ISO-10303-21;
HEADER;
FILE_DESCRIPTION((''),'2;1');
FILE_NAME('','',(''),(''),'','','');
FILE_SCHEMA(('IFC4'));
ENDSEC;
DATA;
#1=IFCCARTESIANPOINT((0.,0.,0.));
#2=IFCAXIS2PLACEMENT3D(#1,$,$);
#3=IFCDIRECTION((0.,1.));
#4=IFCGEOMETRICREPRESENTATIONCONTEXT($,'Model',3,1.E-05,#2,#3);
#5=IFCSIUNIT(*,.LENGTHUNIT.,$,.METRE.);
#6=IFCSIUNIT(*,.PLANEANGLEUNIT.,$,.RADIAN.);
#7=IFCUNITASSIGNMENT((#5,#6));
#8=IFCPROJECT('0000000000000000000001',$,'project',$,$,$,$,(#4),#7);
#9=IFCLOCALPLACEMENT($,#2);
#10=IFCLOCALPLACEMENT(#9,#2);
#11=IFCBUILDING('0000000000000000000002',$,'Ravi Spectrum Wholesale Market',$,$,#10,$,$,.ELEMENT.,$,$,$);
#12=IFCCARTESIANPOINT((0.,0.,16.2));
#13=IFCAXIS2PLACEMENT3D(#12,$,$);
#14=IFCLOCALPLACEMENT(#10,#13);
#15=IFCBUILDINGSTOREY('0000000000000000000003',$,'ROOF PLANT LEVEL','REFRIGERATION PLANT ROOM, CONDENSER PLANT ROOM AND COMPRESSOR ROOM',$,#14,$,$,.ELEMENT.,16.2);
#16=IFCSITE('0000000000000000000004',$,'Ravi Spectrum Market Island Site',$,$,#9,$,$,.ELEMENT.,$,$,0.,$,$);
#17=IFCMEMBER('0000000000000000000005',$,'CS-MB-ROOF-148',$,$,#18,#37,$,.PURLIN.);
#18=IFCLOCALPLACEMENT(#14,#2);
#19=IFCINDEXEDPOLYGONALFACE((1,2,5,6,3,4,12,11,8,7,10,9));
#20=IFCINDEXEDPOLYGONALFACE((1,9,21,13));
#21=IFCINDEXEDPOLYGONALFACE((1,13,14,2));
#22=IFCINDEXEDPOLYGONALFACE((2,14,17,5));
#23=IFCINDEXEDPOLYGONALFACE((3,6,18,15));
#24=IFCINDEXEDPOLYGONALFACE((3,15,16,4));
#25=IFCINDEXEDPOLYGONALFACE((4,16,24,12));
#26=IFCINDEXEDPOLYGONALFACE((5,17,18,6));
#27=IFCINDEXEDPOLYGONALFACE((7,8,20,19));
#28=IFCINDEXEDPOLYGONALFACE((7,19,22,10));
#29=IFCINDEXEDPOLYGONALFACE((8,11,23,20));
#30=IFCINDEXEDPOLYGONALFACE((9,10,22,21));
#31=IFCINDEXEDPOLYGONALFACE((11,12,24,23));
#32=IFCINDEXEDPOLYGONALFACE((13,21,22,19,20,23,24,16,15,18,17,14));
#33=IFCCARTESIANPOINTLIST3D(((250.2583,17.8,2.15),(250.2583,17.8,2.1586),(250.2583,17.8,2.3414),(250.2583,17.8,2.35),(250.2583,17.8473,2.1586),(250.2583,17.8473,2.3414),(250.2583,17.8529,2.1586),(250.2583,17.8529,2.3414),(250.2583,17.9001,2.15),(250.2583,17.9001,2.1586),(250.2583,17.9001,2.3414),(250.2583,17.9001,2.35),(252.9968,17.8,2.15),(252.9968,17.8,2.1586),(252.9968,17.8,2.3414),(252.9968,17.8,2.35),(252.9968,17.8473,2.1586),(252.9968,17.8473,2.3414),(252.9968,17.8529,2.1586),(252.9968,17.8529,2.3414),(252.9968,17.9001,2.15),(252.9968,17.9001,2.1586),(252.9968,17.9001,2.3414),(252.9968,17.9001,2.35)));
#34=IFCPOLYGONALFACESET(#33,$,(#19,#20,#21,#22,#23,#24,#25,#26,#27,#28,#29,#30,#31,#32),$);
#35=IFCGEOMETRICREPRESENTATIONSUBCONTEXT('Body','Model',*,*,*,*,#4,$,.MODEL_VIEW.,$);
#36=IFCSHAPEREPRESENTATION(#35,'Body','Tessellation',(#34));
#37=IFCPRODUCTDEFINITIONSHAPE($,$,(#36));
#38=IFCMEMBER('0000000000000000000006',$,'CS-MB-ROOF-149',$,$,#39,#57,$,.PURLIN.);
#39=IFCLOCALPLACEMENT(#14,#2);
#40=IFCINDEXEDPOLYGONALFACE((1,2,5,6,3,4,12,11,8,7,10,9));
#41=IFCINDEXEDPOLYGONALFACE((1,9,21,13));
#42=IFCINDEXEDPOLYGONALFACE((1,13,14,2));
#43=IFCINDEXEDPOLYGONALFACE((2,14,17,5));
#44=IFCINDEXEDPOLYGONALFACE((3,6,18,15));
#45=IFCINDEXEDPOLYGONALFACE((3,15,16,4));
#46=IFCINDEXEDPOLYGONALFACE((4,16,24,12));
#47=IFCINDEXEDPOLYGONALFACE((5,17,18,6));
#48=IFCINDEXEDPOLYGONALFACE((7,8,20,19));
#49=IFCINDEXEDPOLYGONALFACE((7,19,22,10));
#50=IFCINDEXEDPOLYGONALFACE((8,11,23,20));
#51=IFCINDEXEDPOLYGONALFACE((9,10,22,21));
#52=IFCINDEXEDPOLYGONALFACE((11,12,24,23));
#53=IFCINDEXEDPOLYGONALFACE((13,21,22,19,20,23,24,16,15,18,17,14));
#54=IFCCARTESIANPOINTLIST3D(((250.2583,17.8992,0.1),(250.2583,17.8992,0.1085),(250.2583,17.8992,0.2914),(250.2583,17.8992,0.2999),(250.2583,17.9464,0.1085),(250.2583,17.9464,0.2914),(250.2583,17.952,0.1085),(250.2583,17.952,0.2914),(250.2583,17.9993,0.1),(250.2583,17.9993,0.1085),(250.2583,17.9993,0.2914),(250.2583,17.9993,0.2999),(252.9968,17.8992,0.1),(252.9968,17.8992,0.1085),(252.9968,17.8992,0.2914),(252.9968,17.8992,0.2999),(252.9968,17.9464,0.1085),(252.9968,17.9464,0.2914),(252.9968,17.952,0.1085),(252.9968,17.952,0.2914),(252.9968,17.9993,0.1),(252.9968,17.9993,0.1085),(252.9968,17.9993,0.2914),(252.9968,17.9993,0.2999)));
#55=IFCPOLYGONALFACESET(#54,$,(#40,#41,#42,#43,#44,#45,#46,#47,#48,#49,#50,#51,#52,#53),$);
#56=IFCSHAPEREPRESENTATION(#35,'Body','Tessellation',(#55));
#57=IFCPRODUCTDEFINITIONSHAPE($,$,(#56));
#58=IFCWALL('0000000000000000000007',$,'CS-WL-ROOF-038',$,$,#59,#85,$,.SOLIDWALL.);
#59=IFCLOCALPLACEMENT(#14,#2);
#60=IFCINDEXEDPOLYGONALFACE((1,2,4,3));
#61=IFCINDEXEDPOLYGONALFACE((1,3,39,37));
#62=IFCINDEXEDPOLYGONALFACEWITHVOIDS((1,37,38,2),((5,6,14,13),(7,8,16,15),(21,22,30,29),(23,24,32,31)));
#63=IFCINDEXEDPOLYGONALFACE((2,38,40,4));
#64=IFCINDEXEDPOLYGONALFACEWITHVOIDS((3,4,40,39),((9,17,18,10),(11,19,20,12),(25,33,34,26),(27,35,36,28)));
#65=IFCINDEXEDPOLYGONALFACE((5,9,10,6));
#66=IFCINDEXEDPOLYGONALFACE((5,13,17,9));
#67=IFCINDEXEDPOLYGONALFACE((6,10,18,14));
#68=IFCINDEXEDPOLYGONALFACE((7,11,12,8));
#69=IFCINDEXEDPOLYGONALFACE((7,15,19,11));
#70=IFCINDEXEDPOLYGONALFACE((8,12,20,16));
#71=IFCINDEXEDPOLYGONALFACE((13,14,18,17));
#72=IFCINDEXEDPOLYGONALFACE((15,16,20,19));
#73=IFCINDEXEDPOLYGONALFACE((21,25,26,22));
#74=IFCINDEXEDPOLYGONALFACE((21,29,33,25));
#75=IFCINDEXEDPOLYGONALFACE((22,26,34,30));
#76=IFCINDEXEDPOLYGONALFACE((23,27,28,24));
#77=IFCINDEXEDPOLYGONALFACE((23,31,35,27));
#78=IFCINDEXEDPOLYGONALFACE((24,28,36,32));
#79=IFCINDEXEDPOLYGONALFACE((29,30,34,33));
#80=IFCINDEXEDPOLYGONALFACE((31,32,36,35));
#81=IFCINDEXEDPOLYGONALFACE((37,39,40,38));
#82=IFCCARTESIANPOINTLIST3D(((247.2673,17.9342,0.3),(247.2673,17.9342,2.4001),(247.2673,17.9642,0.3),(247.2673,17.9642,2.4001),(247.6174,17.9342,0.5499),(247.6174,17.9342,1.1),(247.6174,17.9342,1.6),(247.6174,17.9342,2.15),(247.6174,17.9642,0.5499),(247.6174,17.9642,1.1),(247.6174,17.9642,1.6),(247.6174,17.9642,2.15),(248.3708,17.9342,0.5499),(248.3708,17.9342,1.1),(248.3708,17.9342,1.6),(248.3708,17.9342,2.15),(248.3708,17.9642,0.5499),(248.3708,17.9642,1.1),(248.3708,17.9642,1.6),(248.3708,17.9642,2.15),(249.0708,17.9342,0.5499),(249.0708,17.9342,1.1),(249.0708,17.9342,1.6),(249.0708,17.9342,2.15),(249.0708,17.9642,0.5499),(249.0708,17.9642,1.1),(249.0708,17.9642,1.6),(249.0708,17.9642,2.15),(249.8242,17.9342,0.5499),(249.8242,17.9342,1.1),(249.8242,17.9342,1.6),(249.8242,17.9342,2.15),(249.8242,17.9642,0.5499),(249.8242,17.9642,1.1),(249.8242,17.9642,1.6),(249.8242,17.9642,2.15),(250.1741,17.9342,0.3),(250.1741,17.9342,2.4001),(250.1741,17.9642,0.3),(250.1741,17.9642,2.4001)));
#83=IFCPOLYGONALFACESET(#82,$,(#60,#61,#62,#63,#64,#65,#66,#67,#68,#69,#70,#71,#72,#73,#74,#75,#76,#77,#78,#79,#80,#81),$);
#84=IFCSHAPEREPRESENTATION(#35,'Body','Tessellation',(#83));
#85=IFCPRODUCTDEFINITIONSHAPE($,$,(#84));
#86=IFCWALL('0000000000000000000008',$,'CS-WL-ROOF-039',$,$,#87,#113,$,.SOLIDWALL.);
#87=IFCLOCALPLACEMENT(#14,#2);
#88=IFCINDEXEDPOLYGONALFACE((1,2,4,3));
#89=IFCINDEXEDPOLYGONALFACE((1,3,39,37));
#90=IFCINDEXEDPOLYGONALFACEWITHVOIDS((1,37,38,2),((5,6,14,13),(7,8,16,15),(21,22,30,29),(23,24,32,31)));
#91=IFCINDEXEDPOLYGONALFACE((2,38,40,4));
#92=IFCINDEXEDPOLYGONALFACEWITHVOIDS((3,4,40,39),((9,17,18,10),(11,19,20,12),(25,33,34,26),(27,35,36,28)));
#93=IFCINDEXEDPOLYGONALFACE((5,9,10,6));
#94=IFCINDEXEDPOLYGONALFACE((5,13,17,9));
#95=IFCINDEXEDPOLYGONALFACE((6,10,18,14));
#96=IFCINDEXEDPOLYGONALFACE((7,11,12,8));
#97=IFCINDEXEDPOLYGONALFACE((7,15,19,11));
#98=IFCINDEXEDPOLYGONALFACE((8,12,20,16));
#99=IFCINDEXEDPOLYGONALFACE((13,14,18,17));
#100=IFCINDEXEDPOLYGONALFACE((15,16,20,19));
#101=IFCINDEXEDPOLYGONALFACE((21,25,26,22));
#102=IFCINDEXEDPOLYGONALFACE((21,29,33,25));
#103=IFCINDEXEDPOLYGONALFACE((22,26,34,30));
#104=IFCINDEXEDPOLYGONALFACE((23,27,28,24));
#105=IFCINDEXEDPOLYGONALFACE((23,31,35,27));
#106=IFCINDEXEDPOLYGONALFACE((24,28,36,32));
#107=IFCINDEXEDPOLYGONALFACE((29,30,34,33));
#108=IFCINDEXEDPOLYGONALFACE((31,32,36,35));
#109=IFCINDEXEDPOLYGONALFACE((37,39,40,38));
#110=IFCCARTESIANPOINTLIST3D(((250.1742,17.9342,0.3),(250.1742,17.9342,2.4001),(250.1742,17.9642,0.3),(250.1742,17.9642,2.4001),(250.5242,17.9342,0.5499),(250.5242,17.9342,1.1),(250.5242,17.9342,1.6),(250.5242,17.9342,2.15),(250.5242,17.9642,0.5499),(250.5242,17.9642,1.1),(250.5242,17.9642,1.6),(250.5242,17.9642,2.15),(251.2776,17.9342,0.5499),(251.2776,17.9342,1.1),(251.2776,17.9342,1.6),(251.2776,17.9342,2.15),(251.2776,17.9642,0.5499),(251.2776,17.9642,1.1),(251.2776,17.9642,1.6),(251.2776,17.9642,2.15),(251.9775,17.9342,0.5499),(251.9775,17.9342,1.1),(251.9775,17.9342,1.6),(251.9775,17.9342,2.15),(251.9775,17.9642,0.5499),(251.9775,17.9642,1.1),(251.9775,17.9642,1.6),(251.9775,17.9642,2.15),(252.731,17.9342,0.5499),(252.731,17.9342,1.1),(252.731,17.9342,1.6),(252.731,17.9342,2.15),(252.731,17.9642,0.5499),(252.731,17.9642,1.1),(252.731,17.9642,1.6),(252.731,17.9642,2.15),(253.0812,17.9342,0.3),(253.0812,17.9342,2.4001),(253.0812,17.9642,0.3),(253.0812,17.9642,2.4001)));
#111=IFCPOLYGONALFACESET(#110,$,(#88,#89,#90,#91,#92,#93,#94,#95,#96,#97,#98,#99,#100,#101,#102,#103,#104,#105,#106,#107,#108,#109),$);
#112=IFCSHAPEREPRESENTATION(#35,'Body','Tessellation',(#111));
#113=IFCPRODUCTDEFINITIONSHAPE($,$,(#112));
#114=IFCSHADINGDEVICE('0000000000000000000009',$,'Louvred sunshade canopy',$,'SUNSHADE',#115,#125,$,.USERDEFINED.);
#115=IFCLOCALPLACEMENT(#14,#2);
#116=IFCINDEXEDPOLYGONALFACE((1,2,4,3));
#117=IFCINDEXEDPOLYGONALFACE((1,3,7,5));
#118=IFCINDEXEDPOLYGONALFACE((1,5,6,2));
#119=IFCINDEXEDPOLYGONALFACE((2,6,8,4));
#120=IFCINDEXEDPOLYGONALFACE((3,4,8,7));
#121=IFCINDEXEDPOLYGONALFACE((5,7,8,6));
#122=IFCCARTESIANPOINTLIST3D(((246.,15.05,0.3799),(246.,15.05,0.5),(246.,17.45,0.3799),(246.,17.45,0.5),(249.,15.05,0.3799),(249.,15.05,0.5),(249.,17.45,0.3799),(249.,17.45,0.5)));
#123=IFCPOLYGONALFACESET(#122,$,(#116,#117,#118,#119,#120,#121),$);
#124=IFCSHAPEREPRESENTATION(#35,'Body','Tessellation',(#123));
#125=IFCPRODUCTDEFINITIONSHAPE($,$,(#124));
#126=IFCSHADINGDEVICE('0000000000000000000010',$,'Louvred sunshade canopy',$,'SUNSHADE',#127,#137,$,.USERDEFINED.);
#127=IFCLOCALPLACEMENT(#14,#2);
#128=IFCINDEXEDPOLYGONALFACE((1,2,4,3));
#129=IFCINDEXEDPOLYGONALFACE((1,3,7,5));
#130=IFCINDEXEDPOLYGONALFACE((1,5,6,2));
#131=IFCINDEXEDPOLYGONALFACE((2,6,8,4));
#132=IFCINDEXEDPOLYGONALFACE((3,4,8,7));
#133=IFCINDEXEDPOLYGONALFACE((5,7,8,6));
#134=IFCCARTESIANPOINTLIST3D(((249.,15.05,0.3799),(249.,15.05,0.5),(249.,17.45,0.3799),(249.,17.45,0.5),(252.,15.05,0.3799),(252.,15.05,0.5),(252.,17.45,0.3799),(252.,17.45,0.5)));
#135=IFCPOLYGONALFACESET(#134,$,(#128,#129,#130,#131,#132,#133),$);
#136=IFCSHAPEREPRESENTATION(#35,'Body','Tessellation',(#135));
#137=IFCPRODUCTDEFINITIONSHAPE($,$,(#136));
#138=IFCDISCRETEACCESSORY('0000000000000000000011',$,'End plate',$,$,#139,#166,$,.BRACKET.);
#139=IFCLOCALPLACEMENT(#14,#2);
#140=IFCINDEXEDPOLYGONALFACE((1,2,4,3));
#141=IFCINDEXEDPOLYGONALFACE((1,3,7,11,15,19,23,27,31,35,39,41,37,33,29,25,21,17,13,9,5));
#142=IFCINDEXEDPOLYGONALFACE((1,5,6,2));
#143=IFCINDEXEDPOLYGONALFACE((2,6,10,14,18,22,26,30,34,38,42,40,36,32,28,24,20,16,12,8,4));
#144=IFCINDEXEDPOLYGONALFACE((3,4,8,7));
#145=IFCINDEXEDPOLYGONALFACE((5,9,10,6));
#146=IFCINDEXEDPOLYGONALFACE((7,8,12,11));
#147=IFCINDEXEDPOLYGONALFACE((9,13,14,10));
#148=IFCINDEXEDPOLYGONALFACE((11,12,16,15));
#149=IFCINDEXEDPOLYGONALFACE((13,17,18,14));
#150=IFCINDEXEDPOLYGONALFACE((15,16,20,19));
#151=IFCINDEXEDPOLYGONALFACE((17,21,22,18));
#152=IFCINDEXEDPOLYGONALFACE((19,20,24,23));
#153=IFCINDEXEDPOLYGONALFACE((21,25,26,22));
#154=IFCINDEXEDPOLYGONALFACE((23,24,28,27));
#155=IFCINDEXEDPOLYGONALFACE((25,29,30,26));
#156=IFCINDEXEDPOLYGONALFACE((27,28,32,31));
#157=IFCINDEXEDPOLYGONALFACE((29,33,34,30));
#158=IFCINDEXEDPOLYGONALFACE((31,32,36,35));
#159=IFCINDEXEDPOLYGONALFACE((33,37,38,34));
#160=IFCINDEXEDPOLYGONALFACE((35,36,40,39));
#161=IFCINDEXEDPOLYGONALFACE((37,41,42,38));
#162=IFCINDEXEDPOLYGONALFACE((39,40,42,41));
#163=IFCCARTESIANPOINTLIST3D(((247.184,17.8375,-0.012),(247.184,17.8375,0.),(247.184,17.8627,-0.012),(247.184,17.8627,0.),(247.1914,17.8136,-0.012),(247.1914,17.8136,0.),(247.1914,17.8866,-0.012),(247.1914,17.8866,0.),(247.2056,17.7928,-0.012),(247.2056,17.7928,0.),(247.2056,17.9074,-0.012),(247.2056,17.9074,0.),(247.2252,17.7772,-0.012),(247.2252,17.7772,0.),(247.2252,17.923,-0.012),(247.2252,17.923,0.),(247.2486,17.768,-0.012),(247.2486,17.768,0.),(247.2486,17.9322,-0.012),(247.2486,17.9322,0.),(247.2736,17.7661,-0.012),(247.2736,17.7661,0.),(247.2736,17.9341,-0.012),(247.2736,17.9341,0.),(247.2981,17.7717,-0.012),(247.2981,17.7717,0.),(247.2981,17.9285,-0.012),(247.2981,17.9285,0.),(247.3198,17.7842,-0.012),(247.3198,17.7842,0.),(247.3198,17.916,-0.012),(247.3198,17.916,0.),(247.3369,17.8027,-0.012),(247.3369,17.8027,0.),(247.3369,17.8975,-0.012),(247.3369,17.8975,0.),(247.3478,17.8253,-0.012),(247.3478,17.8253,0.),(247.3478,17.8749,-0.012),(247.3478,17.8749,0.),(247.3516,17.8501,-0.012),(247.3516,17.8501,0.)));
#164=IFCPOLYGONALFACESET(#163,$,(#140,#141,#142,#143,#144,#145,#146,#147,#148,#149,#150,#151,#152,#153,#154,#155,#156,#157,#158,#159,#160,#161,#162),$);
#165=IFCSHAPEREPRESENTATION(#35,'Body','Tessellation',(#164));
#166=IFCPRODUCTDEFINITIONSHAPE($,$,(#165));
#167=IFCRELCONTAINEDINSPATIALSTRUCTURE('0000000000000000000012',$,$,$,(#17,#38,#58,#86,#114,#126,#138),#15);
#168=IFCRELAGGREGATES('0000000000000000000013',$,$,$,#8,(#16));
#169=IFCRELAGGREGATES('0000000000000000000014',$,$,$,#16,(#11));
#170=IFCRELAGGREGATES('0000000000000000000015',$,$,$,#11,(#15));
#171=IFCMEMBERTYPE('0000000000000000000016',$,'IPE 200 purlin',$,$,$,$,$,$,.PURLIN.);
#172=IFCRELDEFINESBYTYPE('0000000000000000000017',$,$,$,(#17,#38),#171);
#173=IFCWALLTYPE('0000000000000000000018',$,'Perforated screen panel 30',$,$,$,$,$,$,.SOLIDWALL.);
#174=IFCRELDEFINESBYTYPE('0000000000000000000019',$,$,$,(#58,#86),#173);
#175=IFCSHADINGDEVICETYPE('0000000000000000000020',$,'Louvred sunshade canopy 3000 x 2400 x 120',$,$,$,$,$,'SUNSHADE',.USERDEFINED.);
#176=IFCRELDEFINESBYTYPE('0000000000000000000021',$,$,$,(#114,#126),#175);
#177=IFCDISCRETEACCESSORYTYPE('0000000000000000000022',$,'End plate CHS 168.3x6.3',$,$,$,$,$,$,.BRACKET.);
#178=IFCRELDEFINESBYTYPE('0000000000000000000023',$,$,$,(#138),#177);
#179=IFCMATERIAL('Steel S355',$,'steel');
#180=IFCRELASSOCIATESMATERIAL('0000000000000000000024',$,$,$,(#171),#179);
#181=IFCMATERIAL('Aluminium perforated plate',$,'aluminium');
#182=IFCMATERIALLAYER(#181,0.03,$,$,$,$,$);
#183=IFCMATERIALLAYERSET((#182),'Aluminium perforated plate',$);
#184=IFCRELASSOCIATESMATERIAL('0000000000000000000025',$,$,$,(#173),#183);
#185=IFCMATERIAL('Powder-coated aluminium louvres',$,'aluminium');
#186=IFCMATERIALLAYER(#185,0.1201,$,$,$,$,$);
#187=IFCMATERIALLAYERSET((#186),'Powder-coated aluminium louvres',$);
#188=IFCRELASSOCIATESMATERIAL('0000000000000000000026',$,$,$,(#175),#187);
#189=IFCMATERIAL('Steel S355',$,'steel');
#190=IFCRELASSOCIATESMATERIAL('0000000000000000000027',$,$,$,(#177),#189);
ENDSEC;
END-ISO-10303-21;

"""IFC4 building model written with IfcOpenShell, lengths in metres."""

from ifc_helpers import new_model, si_unit, direction, frame, frame_2d, origin, origin_2d, place, context, subcontext, project, spatial, rectangle, circle, i_section, extrude, material, layer, layer_set, material_profile, profile_set, type_object, element, save


model = new_model("IFC4")

# Units and contexts
model_context = context("Model", 3, precision=1e-05, world=origin(), true_north=direction((0.0, 1.0)))
body_context = subcontext(model_context, "Body", "Model", "MODEL_VIEW")
ifc_project = project(units=[si_unit("LENGTHUNIT", "METRE"), si_unit("PLANEANGLEUNIT", "RADIAN")], contexts=[model_context])

# Site, building, storey
site_placement = place(None, origin())
site = spatial("IfcSite", under=ifc_project, at=site_placement, Name="Ravi Spectrum Market Island Site", CompositionType="ELEMENT", RefElevation=0.0)
building_placement = place(site_placement, origin())
building = spatial("IfcBuilding", under=site, at=building_placement, Name="Ravi Spectrum Wholesale Market", CompositionType="ELEMENT")
storey_placement = place(building_placement, frame((0.0, 0.0, 16.2)))
storey = spatial("IfcBuildingStorey", under=building, at=storey_placement, Name="ROOF PLANT LEVEL", Description="REFRIGERATION PLANT ROOM, CONDENSER PLANT ROOM AND COMPRESSOR ROOM", CompositionType="ELEMENT", Elevation=16.2)

# Members
ifc_material_1 = material(Name="Steel S355", Category="steel")
ifc_material_profile_1 = material_profile(ifc_material_1, i_section(OverallWidth=0.1001, OverallDepth=0.2, WebThickness=0.0056, FlangeThickness=0.0085, at=origin_2d()))
ifc_profile_set_1 = profile_set([ifc_material_profile_1], Name="Steel S355")
member_type_1 = type_object("IfcMemberType", Name="IPE 200 purlin", PredefinedType="PURLIN", material=ifc_profile_set_1)
for number, where, z_axis, x_axis, name in (
    (1, (250.2583, 17.8501, 2.25), (1.0, 0.0, 0.0), (0.0, 1.0, 0.0), "CS-MB-ROOF-148"),
    (2, (250.2583, 17.9492, 0.2), (1.0, 0.0, 0.0), (0.0, 1.0, 0.0), "CS-MB-ROOF-149"),
):
    element("IfcMember", number, at=place(storey_placement, frame(where, z_axis=z_axis, x_axis=x_axis)), inside=storey, type_object=member_type_1, Name=name, PredefinedType="PURLIN", context=body_context, shape_type="SweptSolid", body=[
        extrude(i_section(OverallWidth=0.1001, OverallDepth=0.2, WebThickness=0.0056, FlangeThickness=0.0085, at=origin_2d()), origin(), (0.0, 0.0, 1.0), 2.7385),
    ])

# Walls, openings
ifc_material_2 = material(Name="Aluminium perforated plate", Category="aluminium")
ifc_layer_1 = layer(ifc_material_2, 0.03)
ifc_layer_set_1 = layer_set([ifc_layer_1], Name="Aluminium perforated plate")
wall_type = type_object("IfcWallType", Name="Perforated screen panel 30", PredefinedType="SOLIDWALL", material=ifc_layer_set_1)
wall_1_placement = place(storey_placement, frame((247.2673, 17.9492, 0.3), z_axis=(0.0, 0.0, 1.0), x_axis=(1.0, 0.0, 0.0)))
wall_1 = element("IfcWall", 3, at=wall_1_placement, inside=storey, type_object=wall_type, Name="CS-WL-ROOF-038", PredefinedType="SOLIDWALL", context=body_context, shape_type="SweptSolid", body=[
    extrude(rectangle(XDim=2.9067, YDim=0.03, at=frame_2d((1.4534, 0.0))), origin(), (0.0, 0.0, 1.0), 2.1001),
])
opening_1_placement = place(wall_1_placement, frame((0.3501, 0.0, 0.25)))
element("IfcOpeningElement", 4, at=opening_1_placement, cuts=wall_1, PredefinedType="OPENING", context=body_context, shape_type="SweptSolid", body=[
    extrude(rectangle(XDim=0.7534, YDim=0.55, at=frame_2d((0.3767, 0.2749))), frame((0.0, 0.0249, 0.0), z_axis=(0.0, -1.0, 0.0), x_axis=(1.0, 0.0, 0.0)), (0.0, 0.0, 1.0), 0.05),
])
opening_2_placement = place(wall_1_placement, frame((0.3501, 0.0, 1.3)))
element("IfcOpeningElement", 5, at=opening_2_placement, cuts=wall_1, PredefinedType="OPENING", context=body_context, shape_type="SweptSolid", body=[
    extrude(rectangle(XDim=0.7534, YDim=0.55, at=frame_2d((0.3767, 0.2749))), frame((0.0, 0.0249, 0.0), z_axis=(0.0, -1.0, 0.0), x_axis=(1.0, 0.0, 0.0)), (0.0, 0.0, 1.0), 0.05),
])
opening_3_placement = place(wall_1_placement, frame((1.8035, 0.0, 0.25)))
element("IfcOpeningElement", 6, at=opening_3_placement, cuts=wall_1, PredefinedType="OPENING", context=body_context, shape_type="SweptSolid", body=[
    extrude(rectangle(XDim=0.7534, YDim=0.55, at=frame_2d((0.3767, 0.2749))), frame((0.0, 0.0249, 0.0), z_axis=(0.0, -1.0, 0.0), x_axis=(1.0, 0.0, 0.0)), (0.0, 0.0, 1.0), 0.05),
])
opening_4_placement = place(wall_1_placement, frame((1.8035, 0.0, 1.3)))
element("IfcOpeningElement", 7, at=opening_4_placement, cuts=wall_1, PredefinedType="OPENING", context=body_context, shape_type="SweptSolid", body=[
    extrude(rectangle(XDim=0.7534, YDim=0.55, at=frame_2d((0.3767, 0.2749))), frame((0.0, 0.0249, 0.0), z_axis=(0.0, -1.0, 0.0), x_axis=(1.0, 0.0, 0.0)), (0.0, 0.0, 1.0), 0.05),
])
wall_2_placement = place(storey_placement, frame((250.1741, 17.9492, 0.3), z_axis=(0.0, 0.0, 1.0), x_axis=(1.0, 0.0, 0.0)))
wall_2 = element("IfcWall", 8, at=wall_2_placement, inside=storey, type_object=wall_type, Name="CS-WL-ROOF-039", PredefinedType="SOLIDWALL", context=body_context, shape_type="SweptSolid", body=[
    extrude(rectangle(XDim=2.907, YDim=0.03, at=frame_2d((1.4536, 0.0))), origin(), (0.0, 0.0, 1.0), 2.1001),
])
opening_5_placement = place(wall_2_placement, frame((0.3501, 0.0, 0.25)))
element("IfcOpeningElement", 9, at=opening_5_placement, cuts=wall_2, PredefinedType="OPENING", context=body_context, shape_type="SweptSolid", body=[
    extrude(rectangle(XDim=0.7534, YDim=0.55, at=frame_2d((0.3767, 0.2749))), frame((0.0, 0.0249, 0.0), z_axis=(0.0, -1.0, 0.0), x_axis=(1.0, 0.0, 0.0)), (0.0, 0.0, 1.0), 0.05),
])
opening_6_placement = place(wall_2_placement, frame((0.3501, 0.0, 1.3)))
element("IfcOpeningElement", 10, at=opening_6_placement, cuts=wall_2, PredefinedType="OPENING", context=body_context, shape_type="SweptSolid", body=[
    extrude(rectangle(XDim=0.7534, YDim=0.55, at=frame_2d((0.3767, 0.2749))), frame((0.0, 0.0249, 0.0), z_axis=(0.0, -1.0, 0.0), x_axis=(1.0, 0.0, 0.0)), (0.0, 0.0, 1.0), 0.05),
])
opening_7_placement = place(wall_2_placement, frame((1.8035, 0.0, 0.25)))
element("IfcOpeningElement", 11, at=opening_7_placement, cuts=wall_2, PredefinedType="OPENING", context=body_context, shape_type="SweptSolid", body=[
    extrude(rectangle(XDim=0.7534, YDim=0.55, at=frame_2d((0.3767, 0.2749))), frame((0.0, 0.0249, 0.0), z_axis=(0.0, -1.0, 0.0), x_axis=(1.0, 0.0, 0.0)), (0.0, 0.0, 1.0), 0.05),
])
opening_8_placement = place(wall_2_placement, frame((1.8035, 0.0, 1.3)))
element("IfcOpeningElement", 12, at=opening_8_placement, cuts=wall_2, PredefinedType="OPENING", context=body_context, shape_type="SweptSolid", body=[
    extrude(rectangle(XDim=0.7534, YDim=0.55, at=frame_2d((0.3767, 0.2749))), frame((0.0, 0.0249, 0.0), z_axis=(0.0, -1.0, 0.0), x_axis=(1.0, 0.0, 0.0)), (0.0, 0.0, 1.0), 0.05),
])

# Shading devices
ifc_material_3 = material(Name="Powder-coated aluminium louvres", Category="aluminium")
ifc_layer_2 = layer(ifc_material_3, 0.1201)
ifc_layer_set_2 = layer_set([ifc_layer_2], Name="Powder-coated aluminium louvres")
shading_device_type = type_object("IfcShadingDeviceType", Name="Louvred sunshade canopy 3000 x 2400 x 120", ElementType="SUNSHADE", PredefinedType="USERDEFINED", material=ifc_layer_set_2)
for number, where, z_axis, x_axis, name in (
    (13, (247.5, 16.25, 0.3799), (0.0, 0.0, 1.0), (1.0, 0.0, 0.0), "Louvred sunshade canopy"),
    (14, (250.5, 16.25, 0.3799), (0.0, 0.0, 1.0), (1.0, 0.0, 0.0), "Louvred sunshade canopy"),
):
    element("IfcShadingDevice", number, at=place(storey_placement, frame(where, z_axis=z_axis, x_axis=x_axis)), inside=storey, type_object=shading_device_type, Name=name, ObjectType="SUNSHADE", PredefinedType="USERDEFINED", context=body_context, shape_type="SweptSolid", body=[
        extrude(rectangle(XDim=3.0, YDim=2.3999, at=origin_2d()), origin(), (0.0, 0.0, 1.0), 0.1201),
    ])

# Discrete accessory
ifc_material_4 = material(Name="Steel S355", Category="steel")
ifc_material_profile_2 = material_profile(ifc_material_4, circle(Radius=0.0842, at=origin_2d()))
ifc_profile_set_2 = profile_set([ifc_material_profile_2], Name="Steel S355")
discrete_accessory_type_1 = type_object("IfcDiscreteAccessoryType", Name="End plate CHS 168.3x6.3", PredefinedType="BRACKET", material=ifc_profile_set_2)
for number, where, z_axis, x_axis, name in (
    (15, (247.2673, 17.8501, 0.0), (0.0, 0.0, -1.0), (1.0, 0.0, 0.0), "End plate"),
):
    element("IfcDiscreteAccessory", number, at=place(storey_placement, frame(where, z_axis=z_axis, x_axis=x_axis)), inside=storey, type_object=discrete_accessory_type_1, Name=name, PredefinedType="BRACKET", context=body_context, shape_type="SweptSolid", body=[
        extrude(circle(Radius=0.0842, at=origin_2d()), origin(), (0.0, 0.0, 1.0), 0.012),
    ])

save(model, "model.ifc")
